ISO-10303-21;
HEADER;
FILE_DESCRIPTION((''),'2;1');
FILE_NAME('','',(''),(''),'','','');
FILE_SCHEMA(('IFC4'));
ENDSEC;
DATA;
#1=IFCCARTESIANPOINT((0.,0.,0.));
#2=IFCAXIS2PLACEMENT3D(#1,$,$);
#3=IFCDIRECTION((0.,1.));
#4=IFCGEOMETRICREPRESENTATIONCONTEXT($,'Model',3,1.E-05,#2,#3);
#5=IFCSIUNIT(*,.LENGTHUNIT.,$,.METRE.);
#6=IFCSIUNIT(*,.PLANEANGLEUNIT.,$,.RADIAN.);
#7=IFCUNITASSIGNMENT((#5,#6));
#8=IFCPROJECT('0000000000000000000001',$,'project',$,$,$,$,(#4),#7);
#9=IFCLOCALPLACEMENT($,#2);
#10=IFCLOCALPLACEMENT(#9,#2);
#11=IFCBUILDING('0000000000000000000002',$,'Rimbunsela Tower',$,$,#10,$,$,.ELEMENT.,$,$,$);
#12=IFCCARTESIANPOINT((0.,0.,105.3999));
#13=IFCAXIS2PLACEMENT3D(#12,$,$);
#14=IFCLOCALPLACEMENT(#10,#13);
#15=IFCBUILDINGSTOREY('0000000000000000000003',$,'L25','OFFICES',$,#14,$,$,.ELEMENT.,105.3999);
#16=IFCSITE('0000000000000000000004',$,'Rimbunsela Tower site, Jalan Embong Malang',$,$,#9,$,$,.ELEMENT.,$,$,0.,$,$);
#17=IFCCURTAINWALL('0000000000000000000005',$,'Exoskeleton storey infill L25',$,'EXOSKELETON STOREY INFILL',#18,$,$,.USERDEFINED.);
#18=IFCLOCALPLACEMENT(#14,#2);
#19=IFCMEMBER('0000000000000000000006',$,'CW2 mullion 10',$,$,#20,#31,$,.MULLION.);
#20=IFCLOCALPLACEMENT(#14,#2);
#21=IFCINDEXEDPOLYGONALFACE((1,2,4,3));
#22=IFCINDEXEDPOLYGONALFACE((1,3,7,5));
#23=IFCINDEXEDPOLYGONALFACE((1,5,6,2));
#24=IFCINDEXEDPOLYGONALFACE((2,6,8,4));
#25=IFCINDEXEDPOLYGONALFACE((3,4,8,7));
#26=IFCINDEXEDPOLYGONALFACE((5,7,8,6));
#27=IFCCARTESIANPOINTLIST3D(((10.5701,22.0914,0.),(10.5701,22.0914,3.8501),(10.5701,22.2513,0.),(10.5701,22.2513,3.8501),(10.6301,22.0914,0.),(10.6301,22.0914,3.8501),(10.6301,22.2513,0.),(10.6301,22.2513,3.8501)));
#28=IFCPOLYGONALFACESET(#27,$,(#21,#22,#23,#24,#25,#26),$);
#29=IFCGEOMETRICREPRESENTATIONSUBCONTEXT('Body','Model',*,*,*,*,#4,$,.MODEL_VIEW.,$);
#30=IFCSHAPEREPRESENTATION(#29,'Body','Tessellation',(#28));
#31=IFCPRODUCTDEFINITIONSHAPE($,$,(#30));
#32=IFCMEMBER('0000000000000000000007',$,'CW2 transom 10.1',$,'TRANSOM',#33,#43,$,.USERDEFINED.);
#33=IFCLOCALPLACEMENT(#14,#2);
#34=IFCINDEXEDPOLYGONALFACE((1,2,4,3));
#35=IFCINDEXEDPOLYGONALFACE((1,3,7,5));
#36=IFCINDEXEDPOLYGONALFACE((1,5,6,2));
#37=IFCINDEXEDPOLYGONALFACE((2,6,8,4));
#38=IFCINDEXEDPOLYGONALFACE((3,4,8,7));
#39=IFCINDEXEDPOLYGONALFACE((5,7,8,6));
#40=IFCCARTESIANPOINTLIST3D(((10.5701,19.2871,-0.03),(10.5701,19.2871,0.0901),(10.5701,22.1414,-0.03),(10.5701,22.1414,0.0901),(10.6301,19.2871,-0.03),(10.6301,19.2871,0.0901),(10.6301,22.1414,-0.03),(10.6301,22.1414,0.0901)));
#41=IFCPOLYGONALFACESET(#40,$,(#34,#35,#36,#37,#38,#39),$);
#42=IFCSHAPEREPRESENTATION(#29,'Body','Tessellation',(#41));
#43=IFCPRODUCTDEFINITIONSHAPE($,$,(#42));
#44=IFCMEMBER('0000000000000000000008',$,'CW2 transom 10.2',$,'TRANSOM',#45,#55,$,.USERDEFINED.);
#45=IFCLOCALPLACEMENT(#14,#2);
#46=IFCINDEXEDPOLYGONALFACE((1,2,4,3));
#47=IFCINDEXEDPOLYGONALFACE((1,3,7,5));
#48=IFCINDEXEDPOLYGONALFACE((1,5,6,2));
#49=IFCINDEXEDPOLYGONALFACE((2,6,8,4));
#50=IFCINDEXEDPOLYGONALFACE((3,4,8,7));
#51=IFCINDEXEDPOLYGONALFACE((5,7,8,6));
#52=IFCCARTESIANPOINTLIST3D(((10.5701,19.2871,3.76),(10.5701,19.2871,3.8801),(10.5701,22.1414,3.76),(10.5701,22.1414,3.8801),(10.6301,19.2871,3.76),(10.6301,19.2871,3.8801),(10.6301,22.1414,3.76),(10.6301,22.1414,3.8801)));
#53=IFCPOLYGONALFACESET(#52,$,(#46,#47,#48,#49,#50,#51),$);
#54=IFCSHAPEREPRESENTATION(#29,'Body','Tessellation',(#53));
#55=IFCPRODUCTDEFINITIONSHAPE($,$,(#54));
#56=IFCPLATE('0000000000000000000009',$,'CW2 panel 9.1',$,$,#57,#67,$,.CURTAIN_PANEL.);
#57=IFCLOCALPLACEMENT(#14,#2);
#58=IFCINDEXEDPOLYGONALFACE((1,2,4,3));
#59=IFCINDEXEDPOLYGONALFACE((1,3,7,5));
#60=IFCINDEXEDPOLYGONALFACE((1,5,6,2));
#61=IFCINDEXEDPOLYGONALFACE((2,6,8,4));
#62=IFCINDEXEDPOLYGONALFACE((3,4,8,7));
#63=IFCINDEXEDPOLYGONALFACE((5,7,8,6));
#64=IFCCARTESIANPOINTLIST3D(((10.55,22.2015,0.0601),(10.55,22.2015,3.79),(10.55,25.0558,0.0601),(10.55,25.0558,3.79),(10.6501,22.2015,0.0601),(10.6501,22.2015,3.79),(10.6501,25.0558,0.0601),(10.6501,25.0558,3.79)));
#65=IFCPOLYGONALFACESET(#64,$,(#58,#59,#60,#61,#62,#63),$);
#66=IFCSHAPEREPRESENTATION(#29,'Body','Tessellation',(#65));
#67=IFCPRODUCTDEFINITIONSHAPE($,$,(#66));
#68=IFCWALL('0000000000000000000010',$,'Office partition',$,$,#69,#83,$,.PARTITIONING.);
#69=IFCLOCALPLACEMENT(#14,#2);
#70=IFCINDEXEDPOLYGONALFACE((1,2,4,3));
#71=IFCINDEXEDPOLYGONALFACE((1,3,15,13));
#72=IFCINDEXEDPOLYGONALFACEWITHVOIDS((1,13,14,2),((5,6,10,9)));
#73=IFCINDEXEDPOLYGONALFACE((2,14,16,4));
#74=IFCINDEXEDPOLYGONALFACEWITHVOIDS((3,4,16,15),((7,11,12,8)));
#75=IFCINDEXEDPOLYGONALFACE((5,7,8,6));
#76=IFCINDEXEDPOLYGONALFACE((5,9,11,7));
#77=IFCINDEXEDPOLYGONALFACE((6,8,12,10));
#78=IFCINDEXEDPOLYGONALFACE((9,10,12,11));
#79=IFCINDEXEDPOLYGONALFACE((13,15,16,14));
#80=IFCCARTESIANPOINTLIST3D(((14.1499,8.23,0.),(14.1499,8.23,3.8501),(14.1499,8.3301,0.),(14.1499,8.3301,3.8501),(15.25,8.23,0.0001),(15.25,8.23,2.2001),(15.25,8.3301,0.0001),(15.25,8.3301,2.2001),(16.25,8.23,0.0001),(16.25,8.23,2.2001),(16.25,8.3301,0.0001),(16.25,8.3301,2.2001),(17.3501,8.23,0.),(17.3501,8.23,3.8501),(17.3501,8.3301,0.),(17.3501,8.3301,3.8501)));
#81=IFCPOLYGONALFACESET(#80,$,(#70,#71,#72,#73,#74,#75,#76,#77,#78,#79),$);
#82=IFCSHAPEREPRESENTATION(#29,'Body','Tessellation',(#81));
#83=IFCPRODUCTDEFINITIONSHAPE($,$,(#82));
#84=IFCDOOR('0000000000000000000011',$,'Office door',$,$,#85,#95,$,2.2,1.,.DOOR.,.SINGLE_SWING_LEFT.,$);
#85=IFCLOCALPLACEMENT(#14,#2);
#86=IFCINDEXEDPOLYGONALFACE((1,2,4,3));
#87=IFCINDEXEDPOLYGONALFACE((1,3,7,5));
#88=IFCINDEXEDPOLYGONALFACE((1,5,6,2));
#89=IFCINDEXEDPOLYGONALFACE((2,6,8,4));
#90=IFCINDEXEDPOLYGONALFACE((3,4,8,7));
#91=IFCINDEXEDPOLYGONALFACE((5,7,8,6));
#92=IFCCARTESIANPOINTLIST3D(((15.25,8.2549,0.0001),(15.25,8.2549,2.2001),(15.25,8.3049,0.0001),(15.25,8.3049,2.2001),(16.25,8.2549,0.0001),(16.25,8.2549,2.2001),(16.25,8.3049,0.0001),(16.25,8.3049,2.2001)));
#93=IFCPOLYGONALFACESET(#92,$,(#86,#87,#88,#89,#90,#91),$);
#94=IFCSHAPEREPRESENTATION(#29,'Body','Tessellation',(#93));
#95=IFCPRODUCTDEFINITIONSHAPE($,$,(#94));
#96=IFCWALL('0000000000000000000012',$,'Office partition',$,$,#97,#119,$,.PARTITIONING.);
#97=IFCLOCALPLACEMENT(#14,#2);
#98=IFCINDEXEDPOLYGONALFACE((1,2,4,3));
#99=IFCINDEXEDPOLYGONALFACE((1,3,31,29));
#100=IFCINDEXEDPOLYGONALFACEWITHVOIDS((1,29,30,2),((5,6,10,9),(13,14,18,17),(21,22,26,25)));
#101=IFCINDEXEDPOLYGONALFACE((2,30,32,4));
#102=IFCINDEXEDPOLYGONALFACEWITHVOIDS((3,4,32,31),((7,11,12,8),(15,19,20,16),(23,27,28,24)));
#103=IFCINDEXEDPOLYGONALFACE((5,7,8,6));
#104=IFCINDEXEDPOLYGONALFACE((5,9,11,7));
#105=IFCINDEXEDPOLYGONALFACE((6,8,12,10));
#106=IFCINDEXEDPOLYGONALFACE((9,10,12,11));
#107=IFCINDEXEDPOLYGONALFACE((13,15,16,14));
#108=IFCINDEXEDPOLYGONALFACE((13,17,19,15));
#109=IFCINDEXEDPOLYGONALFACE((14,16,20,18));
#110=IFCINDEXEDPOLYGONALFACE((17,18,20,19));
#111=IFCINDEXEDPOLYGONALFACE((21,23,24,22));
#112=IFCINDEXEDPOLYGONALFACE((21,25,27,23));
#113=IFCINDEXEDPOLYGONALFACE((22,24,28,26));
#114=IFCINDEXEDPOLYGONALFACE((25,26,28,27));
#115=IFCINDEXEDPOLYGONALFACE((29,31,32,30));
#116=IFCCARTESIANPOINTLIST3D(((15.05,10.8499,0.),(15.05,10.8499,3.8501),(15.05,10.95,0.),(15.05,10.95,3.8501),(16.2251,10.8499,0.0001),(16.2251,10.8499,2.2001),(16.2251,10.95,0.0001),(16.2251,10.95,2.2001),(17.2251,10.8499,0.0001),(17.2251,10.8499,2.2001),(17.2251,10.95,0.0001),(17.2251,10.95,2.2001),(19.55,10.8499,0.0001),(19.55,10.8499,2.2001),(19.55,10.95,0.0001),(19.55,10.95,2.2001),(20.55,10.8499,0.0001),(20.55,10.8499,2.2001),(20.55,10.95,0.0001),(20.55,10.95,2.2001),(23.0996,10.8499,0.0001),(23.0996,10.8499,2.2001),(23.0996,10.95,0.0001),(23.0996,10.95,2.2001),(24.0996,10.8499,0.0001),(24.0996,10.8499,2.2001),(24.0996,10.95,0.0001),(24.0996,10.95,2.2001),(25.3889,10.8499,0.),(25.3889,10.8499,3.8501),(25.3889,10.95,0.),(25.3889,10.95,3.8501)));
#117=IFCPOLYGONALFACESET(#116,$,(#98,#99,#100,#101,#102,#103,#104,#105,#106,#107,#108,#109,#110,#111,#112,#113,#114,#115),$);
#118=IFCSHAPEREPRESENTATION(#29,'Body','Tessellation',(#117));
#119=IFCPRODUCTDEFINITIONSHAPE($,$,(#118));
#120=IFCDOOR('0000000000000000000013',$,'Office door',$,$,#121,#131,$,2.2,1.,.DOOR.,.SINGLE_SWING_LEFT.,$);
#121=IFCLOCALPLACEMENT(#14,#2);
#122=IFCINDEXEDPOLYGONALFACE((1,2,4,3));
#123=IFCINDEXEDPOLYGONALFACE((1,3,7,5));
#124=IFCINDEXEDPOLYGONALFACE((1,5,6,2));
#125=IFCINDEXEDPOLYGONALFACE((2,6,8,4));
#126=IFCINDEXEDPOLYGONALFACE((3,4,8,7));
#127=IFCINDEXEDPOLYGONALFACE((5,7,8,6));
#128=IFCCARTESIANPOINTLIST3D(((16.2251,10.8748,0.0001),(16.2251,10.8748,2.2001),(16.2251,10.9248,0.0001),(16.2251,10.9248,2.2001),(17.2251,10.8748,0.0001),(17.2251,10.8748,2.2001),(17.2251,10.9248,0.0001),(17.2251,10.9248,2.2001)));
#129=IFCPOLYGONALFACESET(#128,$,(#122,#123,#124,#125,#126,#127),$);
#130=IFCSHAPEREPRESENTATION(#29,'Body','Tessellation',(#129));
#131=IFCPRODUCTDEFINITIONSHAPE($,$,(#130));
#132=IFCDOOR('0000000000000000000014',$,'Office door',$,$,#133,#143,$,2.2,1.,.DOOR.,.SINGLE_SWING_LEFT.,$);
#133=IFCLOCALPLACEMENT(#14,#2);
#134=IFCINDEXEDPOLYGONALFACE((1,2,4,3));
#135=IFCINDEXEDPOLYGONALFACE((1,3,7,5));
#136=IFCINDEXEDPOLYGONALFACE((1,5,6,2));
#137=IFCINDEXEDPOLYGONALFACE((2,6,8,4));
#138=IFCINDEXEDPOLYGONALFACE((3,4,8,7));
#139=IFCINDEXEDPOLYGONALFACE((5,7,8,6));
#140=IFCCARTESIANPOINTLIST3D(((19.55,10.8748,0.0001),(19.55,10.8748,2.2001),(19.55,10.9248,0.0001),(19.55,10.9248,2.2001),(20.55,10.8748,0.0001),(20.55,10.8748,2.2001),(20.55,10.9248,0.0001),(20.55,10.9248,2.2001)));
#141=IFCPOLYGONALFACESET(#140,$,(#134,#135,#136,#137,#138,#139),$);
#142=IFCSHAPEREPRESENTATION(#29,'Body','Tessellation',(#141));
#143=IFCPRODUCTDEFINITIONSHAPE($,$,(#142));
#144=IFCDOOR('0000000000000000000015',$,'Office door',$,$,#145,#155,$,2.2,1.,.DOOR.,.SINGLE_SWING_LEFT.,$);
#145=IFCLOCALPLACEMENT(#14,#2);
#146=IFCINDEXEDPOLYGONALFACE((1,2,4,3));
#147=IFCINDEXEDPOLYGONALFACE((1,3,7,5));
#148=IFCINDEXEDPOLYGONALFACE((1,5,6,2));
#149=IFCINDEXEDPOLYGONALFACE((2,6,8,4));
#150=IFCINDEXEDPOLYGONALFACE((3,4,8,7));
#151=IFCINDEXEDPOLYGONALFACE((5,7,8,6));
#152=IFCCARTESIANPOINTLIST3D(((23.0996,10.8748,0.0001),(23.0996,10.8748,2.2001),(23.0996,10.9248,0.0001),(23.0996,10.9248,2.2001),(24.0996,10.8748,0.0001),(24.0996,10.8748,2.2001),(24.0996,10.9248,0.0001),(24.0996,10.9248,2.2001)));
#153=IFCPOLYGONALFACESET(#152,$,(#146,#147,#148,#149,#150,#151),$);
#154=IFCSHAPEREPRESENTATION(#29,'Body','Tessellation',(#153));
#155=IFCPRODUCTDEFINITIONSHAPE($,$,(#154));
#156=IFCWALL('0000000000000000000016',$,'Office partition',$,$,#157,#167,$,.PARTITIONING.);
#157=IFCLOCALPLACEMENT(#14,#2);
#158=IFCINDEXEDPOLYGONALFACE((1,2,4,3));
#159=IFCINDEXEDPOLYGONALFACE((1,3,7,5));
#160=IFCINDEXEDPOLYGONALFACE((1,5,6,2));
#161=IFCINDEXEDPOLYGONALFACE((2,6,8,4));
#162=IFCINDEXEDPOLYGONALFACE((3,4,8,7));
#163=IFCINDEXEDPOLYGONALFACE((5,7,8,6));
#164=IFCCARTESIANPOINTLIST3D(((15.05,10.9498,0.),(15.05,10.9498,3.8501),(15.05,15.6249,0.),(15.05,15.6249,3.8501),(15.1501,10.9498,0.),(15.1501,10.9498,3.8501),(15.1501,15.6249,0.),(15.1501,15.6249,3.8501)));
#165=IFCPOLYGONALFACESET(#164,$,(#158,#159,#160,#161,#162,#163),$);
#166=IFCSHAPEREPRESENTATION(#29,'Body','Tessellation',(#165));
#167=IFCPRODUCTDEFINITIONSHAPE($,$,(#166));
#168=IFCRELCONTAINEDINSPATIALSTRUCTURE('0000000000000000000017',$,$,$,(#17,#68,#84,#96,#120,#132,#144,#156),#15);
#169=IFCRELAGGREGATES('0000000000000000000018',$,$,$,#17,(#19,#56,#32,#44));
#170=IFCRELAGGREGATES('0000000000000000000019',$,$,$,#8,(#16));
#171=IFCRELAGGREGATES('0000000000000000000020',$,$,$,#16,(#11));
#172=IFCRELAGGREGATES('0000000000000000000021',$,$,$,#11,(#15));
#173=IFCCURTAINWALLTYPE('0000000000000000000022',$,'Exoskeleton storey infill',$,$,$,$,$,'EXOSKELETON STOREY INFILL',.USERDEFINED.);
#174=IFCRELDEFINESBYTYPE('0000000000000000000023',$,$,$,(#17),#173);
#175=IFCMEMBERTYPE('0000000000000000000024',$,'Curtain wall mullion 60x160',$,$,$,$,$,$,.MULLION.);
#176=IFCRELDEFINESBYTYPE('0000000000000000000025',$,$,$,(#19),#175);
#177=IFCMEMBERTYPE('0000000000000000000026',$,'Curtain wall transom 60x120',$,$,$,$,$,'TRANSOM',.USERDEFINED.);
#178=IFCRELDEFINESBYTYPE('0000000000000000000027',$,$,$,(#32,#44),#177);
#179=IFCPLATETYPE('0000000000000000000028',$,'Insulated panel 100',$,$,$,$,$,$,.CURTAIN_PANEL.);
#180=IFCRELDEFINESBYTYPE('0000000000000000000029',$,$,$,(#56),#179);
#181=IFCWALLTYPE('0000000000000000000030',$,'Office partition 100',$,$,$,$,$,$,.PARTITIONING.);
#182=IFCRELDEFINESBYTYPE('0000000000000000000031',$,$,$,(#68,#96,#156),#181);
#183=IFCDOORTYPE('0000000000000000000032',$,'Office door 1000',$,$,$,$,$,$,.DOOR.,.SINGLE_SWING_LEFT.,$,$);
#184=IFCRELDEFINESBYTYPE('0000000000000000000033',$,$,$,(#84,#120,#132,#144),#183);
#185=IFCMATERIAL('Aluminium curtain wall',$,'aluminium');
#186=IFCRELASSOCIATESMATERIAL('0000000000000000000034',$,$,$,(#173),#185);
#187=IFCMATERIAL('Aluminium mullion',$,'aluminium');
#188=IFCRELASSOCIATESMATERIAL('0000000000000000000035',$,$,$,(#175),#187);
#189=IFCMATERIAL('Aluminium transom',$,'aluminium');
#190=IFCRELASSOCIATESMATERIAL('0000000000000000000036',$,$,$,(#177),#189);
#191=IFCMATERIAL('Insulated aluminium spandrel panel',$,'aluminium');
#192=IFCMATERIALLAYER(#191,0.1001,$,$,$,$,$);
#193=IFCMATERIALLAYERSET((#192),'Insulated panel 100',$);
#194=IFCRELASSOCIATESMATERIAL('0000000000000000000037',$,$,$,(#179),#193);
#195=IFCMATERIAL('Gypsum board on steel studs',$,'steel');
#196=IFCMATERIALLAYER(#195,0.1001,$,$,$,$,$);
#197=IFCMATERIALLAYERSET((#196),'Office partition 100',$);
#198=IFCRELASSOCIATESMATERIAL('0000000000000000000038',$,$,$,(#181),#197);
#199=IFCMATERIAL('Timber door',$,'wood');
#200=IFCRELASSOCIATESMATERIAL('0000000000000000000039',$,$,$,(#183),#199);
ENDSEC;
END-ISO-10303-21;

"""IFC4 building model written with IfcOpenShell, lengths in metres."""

from ifc_helpers import new_model, si_unit, direction, frame, frame_2d, origin, origin_2d, place, context, subcontext, project, spatial, rectangle, extrude, material, layer, layer_set, material_profile, profile_set, type_object, element, fill, aggregate, save


model = new_model("IFC4")

# Units and contexts
model_context = context("Model", 3, precision=1e-05, world=origin(), true_north=direction((0.0, 1.0)))
body_context = subcontext(model_context, "Body", "Model", "MODEL_VIEW")
ifc_project = project(units=[si_unit("LENGTHUNIT", "METRE"), si_unit("PLANEANGLEUNIT", "RADIAN")], contexts=[model_context])

# Site, building, storey
site_placement = place(None, origin())
site = spatial("IfcSite", under=ifc_project, at=site_placement, Name="Rimbunsela Tower site, Jalan Embong Malang", CompositionType="ELEMENT", RefElevation=0.0)
building_placement = place(site_placement, origin())
building = spatial("IfcBuilding", under=site, at=building_placement, Name="Rimbunsela Tower", CompositionType="ELEMENT")
storey_placement = place(building_placement, frame((0.0, 0.0, 105.3999)))
storey = spatial("IfcBuildingStorey", under=building, at=storey_placement, Name="L25", Description="OFFICES", CompositionType="ELEMENT", Elevation=105.3999)

# Curtain wall, members, plate
ifc_material_1 = material(Name="Aluminium curtain wall", Category="aluminium")
curtain_wall_type = type_object("IfcCurtainWallType", Name="Exoskeleton storey infill", ElementType="EXOSKELETON STOREY INFILL", PredefinedType="USERDEFINED", material=ifc_material_1)
curtain_wall_placement = place(storey_placement, origin())
curtain_wall = element("IfcCurtainWall", 1, at=curtain_wall_placement, inside=storey, type_object=curtain_wall_type, Name="Exoskeleton storey infill L25", ObjectType="EXOSKELETON STOREY INFILL", PredefinedType="USERDEFINED")
ifc_material_2 = material(Name="Aluminium mullion", Category="aluminium")
ifc_material_profile_1 = material_profile(ifc_material_2, rectangle(XDim=0.0601, YDim=0.1599, at=origin_2d()), Name="Mullion 60x160")
ifc_profile_set_1 = profile_set([ifc_material_profile_1], Name="Aluminium mullion")
member_type_1 = type_object("IfcMemberType", Name="Curtain wall mullion 60x160", PredefinedType="MULLION", material=ifc_profile_set_1)
member_1_placement = place(storey_placement, frame((10.6001, 22.1714, 0.0), z_axis=(0.0, 0.0, 1.0), x_axis=(1.0, 0.0, 0.0)))
member_1 = element("IfcMember", 2, at=member_1_placement, type_object=member_type_1, Name="CW2 mullion 10", PredefinedType="MULLION", context=body_context, shape_type="SweptSolid", body=[
    extrude(rectangle(XDim=0.0601, YDim=0.1599, at=origin_2d()), origin(), (0.0, 0.0, 1.0), 3.8501),
])
ifc_material_3 = material(Name="Aluminium transom", Category="aluminium")
ifc_material_profile_2 = material_profile(ifc_material_3, rectangle(XDim=0.0601, YDim=0.1201, at=origin_2d()), Name="Transom 60x120")
ifc_profile_set_2 = profile_set([ifc_material_profile_2], Name="Aluminium transom")
member_type_2 = type_object("IfcMemberType", Name="Curtain wall transom 60x120", ElementType="TRANSOM", PredefinedType="USERDEFINED", material=ifc_profile_set_2)
member_2_placement = place(storey_placement, frame((10.6001, 22.1414, 0.03), z_axis=(0.0, -1.0, 0.0), x_axis=(1.0, 0.0, 0.0)))
member_2 = element("IfcMember", 3, at=member_2_placement, type_object=member_type_2, Name="CW2 transom 10.1", ObjectType="TRANSOM", PredefinedType="USERDEFINED", context=body_context, shape_type="SweptSolid", body=[
    extrude(rectangle(XDim=0.0601, YDim=0.1201, at=origin_2d()), origin(), (0.0, 0.0, 1.0), 2.8542),
])
member_3_placement = place(storey_placement, frame((10.6001, 22.1414, 3.8201), z_axis=(0.0, -1.0, 0.0), x_axis=(1.0, 0.0, 0.0)))
member_3 = element("IfcMember", 4, at=member_3_placement, type_object=member_type_2, Name="CW2 transom 10.2", ObjectType="TRANSOM", PredefinedType="USERDEFINED", context=body_context, shape_type="SweptSolid", body=[
    extrude(rectangle(XDim=0.0601, YDim=0.1201, at=origin_2d()), origin(), (0.0, 0.0, 1.0), 2.8542),
])
ifc_material_4 = material(Name="Insulated aluminium spandrel panel", Category="aluminium")
ifc_layer_1 = layer(ifc_material_4, 0.1001)
ifc_layer_set_1 = layer_set([ifc_layer_1], Name="Insulated panel 100")
plate_type = type_object("IfcPlateType", Name="Insulated panel 100", PredefinedType="CURTAIN_PANEL", material=ifc_layer_set_1)
plate_placement = place(storey_placement, frame((10.6001, 23.6287, 0.0601), z_axis=(0.0, 0.0, 1.0), x_axis=(0.0, -1.0, 0.0)))
plate = element("IfcPlate", 5, at=plate_placement, type_object=plate_type, Name="CW2 panel 9.1", PredefinedType="CURTAIN_PANEL", context=body_context, shape_type="SweptSolid", body=[
    extrude(rectangle(XDim=2.8542, YDim=0.1001, at=origin_2d()), origin(), (0.0, 0.0, 1.0), 3.73),
])
aggregate(curtain_wall, [member_1, plate, member_2, member_3])

# Wall, opening, door
ifc_material_5 = material(Name="Gypsum board on steel studs", Category="steel")
ifc_layer_2 = layer(ifc_material_5, 0.1001)
ifc_layer_set_2 = layer_set([ifc_layer_2], Name="Office partition 100")
wall_type_1 = type_object("IfcWallType", Name="Office partition 100", PredefinedType="PARTITIONING", material=ifc_layer_set_2)
wall_1_placement = place(storey_placement, frame((14.1499, 8.28, 0.0), z_axis=(0.0, 0.0, 1.0), x_axis=(1.0, 0.0, 0.0)))
wall_1 = element("IfcWall", 6, at=wall_1_placement, inside=storey, type_object=wall_type_1, Name="Office partition", PredefinedType="PARTITIONING", context=body_context, shape_type="SweptSolid", body=[
    extrude(rectangle(XDim=3.2002, YDim=0.1001, at=frame_2d((1.6001, 0.0))), origin(), (0.0, 0.0, 1.0), 3.8501),
])
opening_1_placement = place(wall_1_placement, frame((1.1001, 0.0, 0.0)))
opening_1 = element("IfcOpeningElement", 7, at=opening_1_placement, cuts=wall_1, PredefinedType="OPENING", context=body_context, shape_type="SweptSolid", body=[
    extrude(rectangle(XDim=1.0, YDim=2.2, at=frame_2d((0.5, 1.1001))), frame((0.0, 0.0601, 0.0), z_axis=(0.0, -1.0, 0.0), x_axis=(1.0, 0.0, 0.0)), (0.0, 0.0, 1.0), 0.1201),
])
ifc_material_6 = material(Name="Timber door", Category="wood")
door_type_1 = type_object("IfcDoorType", Name="Office door 1000", OperationType="SINGLE_SWING_LEFT", PredefinedType="DOOR", material=ifc_material_6)
door_1_placement = place(opening_1_placement, origin())
door_1 = element("IfcDoor", 8, at=door_1_placement, inside=storey, type_object=door_type_1, Name="Office door", OperationType="SINGLE_SWING_LEFT", OverallHeight=2.2, OverallWidth=1.0, PredefinedType="DOOR", context=body_context, shape_type="SweptSolid", body=[
    extrude(rectangle(XDim=1.0, YDim=2.2, at=frame_2d((0.5, 1.1001))), frame((0.0, 0.0249, 0.0), z_axis=(0.0, -1.0, 0.0), x_axis=(1.0, 0.0, 0.0)), (0.0, 0.0, 1.0), 0.05),
])
fill(opening_1, door_1)

# Wall, openings, doors
wall_2_placement = place(storey_placement, frame((15.05, 10.8999, 0.0), z_axis=(0.0, 0.0, 1.0), x_axis=(1.0, 0.0, 0.0)))
wall_2 = element("IfcWall", 9, at=wall_2_placement, inside=storey, type_object=wall_type_1, Name="Office partition", PredefinedType="PARTITIONING", context=body_context, shape_type="SweptSolid", body=[
    extrude(rectangle(XDim=10.3389, YDim=0.1001, at=frame_2d((5.1694, 0.0))), origin(), (0.0, 0.0, 1.0), 3.8501),
])
opening_2_placement = place(wall_2_placement, frame((1.175, 0.0, 0.0)))
opening_2 = element("IfcOpeningElement", 10, at=opening_2_placement, cuts=wall_2, PredefinedType="OPENING", context=body_context, shape_type="SweptSolid", body=[
    extrude(rectangle(XDim=1.0, YDim=2.2, at=frame_2d((0.5, 1.1001))), frame((0.0, 0.0601, 0.0), z_axis=(0.0, -1.0, 0.0), x_axis=(1.0, 0.0, 0.0)), (0.0, 0.0, 1.0), 0.1201),
])
opening_3_placement = place(wall_2_placement, frame((4.5, 0.0, 0.0)))
opening_3 = element("IfcOpeningElement", 11, at=opening_3_placement, cuts=wall_2, PredefinedType="OPENING", context=body_context, shape_type="SweptSolid", body=[
    extrude(rectangle(XDim=1.0, YDim=2.2, at=frame_2d((0.5, 1.1001))), frame((0.0, 0.0601, 0.0), z_axis=(0.0, -1.0, 0.0), x_axis=(1.0, 0.0, 0.0)), (0.0, 0.0, 1.0), 0.1201),
])
opening_4_placement = place(wall_2_placement, frame((8.0496, 0.0, 0.0)))
opening_4 = element("IfcOpeningElement", 12, at=opening_4_placement, cuts=wall_2, PredefinedType="OPENING", context=body_context, shape_type="SweptSolid", body=[
    extrude(rectangle(XDim=1.0, YDim=2.2, at=frame_2d((0.5, 1.1001))), frame((0.0, 0.0601, 0.0), z_axis=(0.0, -1.0, 0.0), x_axis=(1.0, 0.0, 0.0)), (0.0, 0.0, 1.0), 0.1201),
])
door_2_placement = place(opening_2_placement, origin())
door_2 = element("IfcDoor", 13, at=door_2_placement, inside=storey, type_object=door_type_1, Name="Office door", OperationType="SINGLE_SWING_LEFT", OverallHeight=2.2, OverallWidth=1.0, PredefinedType="DOOR", context=body_context, shape_type="SweptSolid", body=[
    extrude(rectangle(XDim=1.0, YDim=2.2, at=frame_2d((0.5, 1.1001))), frame((0.0, 0.0249, 0.0), z_axis=(0.0, -1.0, 0.0), x_axis=(1.0, 0.0, 0.0)), (0.0, 0.0, 1.0), 0.05),
])
fill(opening_2, door_2)
door_3_placement = place(opening_3_placement, origin())
door_3 = element("IfcDoor", 14, at=door_3_placement, inside=storey, type_object=door_type_1, Name="Office door", OperationType="SINGLE_SWING_LEFT", OverallHeight=2.2, OverallWidth=1.0, PredefinedType="DOOR", context=body_context, shape_type="SweptSolid", body=[
    extrude(rectangle(XDim=1.0, YDim=2.2, at=frame_2d((0.5, 1.1001))), frame((0.0, 0.0249, 0.0), z_axis=(0.0, -1.0, 0.0), x_axis=(1.0, 0.0, 0.0)), (0.0, 0.0, 1.0), 0.05),
])
fill(opening_3, door_3)
door_4_placement = place(opening_4_placement, origin())
door_4 = element("IfcDoor", 15, at=door_4_placement, inside=storey, type_object=door_type_1, Name="Office door", OperationType="SINGLE_SWING_LEFT", OverallHeight=2.2, OverallWidth=1.0, PredefinedType="DOOR", context=body_context, shape_type="SweptSolid", body=[
    extrude(rectangle(XDim=1.0, YDim=2.2, at=frame_2d((0.5, 1.1001))), frame((0.0, 0.0249, 0.0), z_axis=(0.0, -1.0, 0.0), x_axis=(1.0, 0.0, 0.0)), (0.0, 0.0, 1.0), 0.05),
])
fill(opening_4, door_4)

# Wall
wall_3_placement = place(storey_placement, frame((15.1001, 10.95, 0.0), z_axis=(0.0, 0.0, 1.0), x_axis=(0.0, 1.0, 0.0)))
element("IfcWall", 16, at=wall_3_placement, inside=storey, type_object=wall_type_1, Name="Office partition", PredefinedType="PARTITIONING", context=body_context, shape_type="SweptSolid", body=[
    extrude(rectangle(XDim=4.675, YDim=0.1001, at=frame_2d((2.3374, 0.0))), origin(), (0.0, 0.0, 1.0), 3.8501),
])

save(model, "model.ifc")
